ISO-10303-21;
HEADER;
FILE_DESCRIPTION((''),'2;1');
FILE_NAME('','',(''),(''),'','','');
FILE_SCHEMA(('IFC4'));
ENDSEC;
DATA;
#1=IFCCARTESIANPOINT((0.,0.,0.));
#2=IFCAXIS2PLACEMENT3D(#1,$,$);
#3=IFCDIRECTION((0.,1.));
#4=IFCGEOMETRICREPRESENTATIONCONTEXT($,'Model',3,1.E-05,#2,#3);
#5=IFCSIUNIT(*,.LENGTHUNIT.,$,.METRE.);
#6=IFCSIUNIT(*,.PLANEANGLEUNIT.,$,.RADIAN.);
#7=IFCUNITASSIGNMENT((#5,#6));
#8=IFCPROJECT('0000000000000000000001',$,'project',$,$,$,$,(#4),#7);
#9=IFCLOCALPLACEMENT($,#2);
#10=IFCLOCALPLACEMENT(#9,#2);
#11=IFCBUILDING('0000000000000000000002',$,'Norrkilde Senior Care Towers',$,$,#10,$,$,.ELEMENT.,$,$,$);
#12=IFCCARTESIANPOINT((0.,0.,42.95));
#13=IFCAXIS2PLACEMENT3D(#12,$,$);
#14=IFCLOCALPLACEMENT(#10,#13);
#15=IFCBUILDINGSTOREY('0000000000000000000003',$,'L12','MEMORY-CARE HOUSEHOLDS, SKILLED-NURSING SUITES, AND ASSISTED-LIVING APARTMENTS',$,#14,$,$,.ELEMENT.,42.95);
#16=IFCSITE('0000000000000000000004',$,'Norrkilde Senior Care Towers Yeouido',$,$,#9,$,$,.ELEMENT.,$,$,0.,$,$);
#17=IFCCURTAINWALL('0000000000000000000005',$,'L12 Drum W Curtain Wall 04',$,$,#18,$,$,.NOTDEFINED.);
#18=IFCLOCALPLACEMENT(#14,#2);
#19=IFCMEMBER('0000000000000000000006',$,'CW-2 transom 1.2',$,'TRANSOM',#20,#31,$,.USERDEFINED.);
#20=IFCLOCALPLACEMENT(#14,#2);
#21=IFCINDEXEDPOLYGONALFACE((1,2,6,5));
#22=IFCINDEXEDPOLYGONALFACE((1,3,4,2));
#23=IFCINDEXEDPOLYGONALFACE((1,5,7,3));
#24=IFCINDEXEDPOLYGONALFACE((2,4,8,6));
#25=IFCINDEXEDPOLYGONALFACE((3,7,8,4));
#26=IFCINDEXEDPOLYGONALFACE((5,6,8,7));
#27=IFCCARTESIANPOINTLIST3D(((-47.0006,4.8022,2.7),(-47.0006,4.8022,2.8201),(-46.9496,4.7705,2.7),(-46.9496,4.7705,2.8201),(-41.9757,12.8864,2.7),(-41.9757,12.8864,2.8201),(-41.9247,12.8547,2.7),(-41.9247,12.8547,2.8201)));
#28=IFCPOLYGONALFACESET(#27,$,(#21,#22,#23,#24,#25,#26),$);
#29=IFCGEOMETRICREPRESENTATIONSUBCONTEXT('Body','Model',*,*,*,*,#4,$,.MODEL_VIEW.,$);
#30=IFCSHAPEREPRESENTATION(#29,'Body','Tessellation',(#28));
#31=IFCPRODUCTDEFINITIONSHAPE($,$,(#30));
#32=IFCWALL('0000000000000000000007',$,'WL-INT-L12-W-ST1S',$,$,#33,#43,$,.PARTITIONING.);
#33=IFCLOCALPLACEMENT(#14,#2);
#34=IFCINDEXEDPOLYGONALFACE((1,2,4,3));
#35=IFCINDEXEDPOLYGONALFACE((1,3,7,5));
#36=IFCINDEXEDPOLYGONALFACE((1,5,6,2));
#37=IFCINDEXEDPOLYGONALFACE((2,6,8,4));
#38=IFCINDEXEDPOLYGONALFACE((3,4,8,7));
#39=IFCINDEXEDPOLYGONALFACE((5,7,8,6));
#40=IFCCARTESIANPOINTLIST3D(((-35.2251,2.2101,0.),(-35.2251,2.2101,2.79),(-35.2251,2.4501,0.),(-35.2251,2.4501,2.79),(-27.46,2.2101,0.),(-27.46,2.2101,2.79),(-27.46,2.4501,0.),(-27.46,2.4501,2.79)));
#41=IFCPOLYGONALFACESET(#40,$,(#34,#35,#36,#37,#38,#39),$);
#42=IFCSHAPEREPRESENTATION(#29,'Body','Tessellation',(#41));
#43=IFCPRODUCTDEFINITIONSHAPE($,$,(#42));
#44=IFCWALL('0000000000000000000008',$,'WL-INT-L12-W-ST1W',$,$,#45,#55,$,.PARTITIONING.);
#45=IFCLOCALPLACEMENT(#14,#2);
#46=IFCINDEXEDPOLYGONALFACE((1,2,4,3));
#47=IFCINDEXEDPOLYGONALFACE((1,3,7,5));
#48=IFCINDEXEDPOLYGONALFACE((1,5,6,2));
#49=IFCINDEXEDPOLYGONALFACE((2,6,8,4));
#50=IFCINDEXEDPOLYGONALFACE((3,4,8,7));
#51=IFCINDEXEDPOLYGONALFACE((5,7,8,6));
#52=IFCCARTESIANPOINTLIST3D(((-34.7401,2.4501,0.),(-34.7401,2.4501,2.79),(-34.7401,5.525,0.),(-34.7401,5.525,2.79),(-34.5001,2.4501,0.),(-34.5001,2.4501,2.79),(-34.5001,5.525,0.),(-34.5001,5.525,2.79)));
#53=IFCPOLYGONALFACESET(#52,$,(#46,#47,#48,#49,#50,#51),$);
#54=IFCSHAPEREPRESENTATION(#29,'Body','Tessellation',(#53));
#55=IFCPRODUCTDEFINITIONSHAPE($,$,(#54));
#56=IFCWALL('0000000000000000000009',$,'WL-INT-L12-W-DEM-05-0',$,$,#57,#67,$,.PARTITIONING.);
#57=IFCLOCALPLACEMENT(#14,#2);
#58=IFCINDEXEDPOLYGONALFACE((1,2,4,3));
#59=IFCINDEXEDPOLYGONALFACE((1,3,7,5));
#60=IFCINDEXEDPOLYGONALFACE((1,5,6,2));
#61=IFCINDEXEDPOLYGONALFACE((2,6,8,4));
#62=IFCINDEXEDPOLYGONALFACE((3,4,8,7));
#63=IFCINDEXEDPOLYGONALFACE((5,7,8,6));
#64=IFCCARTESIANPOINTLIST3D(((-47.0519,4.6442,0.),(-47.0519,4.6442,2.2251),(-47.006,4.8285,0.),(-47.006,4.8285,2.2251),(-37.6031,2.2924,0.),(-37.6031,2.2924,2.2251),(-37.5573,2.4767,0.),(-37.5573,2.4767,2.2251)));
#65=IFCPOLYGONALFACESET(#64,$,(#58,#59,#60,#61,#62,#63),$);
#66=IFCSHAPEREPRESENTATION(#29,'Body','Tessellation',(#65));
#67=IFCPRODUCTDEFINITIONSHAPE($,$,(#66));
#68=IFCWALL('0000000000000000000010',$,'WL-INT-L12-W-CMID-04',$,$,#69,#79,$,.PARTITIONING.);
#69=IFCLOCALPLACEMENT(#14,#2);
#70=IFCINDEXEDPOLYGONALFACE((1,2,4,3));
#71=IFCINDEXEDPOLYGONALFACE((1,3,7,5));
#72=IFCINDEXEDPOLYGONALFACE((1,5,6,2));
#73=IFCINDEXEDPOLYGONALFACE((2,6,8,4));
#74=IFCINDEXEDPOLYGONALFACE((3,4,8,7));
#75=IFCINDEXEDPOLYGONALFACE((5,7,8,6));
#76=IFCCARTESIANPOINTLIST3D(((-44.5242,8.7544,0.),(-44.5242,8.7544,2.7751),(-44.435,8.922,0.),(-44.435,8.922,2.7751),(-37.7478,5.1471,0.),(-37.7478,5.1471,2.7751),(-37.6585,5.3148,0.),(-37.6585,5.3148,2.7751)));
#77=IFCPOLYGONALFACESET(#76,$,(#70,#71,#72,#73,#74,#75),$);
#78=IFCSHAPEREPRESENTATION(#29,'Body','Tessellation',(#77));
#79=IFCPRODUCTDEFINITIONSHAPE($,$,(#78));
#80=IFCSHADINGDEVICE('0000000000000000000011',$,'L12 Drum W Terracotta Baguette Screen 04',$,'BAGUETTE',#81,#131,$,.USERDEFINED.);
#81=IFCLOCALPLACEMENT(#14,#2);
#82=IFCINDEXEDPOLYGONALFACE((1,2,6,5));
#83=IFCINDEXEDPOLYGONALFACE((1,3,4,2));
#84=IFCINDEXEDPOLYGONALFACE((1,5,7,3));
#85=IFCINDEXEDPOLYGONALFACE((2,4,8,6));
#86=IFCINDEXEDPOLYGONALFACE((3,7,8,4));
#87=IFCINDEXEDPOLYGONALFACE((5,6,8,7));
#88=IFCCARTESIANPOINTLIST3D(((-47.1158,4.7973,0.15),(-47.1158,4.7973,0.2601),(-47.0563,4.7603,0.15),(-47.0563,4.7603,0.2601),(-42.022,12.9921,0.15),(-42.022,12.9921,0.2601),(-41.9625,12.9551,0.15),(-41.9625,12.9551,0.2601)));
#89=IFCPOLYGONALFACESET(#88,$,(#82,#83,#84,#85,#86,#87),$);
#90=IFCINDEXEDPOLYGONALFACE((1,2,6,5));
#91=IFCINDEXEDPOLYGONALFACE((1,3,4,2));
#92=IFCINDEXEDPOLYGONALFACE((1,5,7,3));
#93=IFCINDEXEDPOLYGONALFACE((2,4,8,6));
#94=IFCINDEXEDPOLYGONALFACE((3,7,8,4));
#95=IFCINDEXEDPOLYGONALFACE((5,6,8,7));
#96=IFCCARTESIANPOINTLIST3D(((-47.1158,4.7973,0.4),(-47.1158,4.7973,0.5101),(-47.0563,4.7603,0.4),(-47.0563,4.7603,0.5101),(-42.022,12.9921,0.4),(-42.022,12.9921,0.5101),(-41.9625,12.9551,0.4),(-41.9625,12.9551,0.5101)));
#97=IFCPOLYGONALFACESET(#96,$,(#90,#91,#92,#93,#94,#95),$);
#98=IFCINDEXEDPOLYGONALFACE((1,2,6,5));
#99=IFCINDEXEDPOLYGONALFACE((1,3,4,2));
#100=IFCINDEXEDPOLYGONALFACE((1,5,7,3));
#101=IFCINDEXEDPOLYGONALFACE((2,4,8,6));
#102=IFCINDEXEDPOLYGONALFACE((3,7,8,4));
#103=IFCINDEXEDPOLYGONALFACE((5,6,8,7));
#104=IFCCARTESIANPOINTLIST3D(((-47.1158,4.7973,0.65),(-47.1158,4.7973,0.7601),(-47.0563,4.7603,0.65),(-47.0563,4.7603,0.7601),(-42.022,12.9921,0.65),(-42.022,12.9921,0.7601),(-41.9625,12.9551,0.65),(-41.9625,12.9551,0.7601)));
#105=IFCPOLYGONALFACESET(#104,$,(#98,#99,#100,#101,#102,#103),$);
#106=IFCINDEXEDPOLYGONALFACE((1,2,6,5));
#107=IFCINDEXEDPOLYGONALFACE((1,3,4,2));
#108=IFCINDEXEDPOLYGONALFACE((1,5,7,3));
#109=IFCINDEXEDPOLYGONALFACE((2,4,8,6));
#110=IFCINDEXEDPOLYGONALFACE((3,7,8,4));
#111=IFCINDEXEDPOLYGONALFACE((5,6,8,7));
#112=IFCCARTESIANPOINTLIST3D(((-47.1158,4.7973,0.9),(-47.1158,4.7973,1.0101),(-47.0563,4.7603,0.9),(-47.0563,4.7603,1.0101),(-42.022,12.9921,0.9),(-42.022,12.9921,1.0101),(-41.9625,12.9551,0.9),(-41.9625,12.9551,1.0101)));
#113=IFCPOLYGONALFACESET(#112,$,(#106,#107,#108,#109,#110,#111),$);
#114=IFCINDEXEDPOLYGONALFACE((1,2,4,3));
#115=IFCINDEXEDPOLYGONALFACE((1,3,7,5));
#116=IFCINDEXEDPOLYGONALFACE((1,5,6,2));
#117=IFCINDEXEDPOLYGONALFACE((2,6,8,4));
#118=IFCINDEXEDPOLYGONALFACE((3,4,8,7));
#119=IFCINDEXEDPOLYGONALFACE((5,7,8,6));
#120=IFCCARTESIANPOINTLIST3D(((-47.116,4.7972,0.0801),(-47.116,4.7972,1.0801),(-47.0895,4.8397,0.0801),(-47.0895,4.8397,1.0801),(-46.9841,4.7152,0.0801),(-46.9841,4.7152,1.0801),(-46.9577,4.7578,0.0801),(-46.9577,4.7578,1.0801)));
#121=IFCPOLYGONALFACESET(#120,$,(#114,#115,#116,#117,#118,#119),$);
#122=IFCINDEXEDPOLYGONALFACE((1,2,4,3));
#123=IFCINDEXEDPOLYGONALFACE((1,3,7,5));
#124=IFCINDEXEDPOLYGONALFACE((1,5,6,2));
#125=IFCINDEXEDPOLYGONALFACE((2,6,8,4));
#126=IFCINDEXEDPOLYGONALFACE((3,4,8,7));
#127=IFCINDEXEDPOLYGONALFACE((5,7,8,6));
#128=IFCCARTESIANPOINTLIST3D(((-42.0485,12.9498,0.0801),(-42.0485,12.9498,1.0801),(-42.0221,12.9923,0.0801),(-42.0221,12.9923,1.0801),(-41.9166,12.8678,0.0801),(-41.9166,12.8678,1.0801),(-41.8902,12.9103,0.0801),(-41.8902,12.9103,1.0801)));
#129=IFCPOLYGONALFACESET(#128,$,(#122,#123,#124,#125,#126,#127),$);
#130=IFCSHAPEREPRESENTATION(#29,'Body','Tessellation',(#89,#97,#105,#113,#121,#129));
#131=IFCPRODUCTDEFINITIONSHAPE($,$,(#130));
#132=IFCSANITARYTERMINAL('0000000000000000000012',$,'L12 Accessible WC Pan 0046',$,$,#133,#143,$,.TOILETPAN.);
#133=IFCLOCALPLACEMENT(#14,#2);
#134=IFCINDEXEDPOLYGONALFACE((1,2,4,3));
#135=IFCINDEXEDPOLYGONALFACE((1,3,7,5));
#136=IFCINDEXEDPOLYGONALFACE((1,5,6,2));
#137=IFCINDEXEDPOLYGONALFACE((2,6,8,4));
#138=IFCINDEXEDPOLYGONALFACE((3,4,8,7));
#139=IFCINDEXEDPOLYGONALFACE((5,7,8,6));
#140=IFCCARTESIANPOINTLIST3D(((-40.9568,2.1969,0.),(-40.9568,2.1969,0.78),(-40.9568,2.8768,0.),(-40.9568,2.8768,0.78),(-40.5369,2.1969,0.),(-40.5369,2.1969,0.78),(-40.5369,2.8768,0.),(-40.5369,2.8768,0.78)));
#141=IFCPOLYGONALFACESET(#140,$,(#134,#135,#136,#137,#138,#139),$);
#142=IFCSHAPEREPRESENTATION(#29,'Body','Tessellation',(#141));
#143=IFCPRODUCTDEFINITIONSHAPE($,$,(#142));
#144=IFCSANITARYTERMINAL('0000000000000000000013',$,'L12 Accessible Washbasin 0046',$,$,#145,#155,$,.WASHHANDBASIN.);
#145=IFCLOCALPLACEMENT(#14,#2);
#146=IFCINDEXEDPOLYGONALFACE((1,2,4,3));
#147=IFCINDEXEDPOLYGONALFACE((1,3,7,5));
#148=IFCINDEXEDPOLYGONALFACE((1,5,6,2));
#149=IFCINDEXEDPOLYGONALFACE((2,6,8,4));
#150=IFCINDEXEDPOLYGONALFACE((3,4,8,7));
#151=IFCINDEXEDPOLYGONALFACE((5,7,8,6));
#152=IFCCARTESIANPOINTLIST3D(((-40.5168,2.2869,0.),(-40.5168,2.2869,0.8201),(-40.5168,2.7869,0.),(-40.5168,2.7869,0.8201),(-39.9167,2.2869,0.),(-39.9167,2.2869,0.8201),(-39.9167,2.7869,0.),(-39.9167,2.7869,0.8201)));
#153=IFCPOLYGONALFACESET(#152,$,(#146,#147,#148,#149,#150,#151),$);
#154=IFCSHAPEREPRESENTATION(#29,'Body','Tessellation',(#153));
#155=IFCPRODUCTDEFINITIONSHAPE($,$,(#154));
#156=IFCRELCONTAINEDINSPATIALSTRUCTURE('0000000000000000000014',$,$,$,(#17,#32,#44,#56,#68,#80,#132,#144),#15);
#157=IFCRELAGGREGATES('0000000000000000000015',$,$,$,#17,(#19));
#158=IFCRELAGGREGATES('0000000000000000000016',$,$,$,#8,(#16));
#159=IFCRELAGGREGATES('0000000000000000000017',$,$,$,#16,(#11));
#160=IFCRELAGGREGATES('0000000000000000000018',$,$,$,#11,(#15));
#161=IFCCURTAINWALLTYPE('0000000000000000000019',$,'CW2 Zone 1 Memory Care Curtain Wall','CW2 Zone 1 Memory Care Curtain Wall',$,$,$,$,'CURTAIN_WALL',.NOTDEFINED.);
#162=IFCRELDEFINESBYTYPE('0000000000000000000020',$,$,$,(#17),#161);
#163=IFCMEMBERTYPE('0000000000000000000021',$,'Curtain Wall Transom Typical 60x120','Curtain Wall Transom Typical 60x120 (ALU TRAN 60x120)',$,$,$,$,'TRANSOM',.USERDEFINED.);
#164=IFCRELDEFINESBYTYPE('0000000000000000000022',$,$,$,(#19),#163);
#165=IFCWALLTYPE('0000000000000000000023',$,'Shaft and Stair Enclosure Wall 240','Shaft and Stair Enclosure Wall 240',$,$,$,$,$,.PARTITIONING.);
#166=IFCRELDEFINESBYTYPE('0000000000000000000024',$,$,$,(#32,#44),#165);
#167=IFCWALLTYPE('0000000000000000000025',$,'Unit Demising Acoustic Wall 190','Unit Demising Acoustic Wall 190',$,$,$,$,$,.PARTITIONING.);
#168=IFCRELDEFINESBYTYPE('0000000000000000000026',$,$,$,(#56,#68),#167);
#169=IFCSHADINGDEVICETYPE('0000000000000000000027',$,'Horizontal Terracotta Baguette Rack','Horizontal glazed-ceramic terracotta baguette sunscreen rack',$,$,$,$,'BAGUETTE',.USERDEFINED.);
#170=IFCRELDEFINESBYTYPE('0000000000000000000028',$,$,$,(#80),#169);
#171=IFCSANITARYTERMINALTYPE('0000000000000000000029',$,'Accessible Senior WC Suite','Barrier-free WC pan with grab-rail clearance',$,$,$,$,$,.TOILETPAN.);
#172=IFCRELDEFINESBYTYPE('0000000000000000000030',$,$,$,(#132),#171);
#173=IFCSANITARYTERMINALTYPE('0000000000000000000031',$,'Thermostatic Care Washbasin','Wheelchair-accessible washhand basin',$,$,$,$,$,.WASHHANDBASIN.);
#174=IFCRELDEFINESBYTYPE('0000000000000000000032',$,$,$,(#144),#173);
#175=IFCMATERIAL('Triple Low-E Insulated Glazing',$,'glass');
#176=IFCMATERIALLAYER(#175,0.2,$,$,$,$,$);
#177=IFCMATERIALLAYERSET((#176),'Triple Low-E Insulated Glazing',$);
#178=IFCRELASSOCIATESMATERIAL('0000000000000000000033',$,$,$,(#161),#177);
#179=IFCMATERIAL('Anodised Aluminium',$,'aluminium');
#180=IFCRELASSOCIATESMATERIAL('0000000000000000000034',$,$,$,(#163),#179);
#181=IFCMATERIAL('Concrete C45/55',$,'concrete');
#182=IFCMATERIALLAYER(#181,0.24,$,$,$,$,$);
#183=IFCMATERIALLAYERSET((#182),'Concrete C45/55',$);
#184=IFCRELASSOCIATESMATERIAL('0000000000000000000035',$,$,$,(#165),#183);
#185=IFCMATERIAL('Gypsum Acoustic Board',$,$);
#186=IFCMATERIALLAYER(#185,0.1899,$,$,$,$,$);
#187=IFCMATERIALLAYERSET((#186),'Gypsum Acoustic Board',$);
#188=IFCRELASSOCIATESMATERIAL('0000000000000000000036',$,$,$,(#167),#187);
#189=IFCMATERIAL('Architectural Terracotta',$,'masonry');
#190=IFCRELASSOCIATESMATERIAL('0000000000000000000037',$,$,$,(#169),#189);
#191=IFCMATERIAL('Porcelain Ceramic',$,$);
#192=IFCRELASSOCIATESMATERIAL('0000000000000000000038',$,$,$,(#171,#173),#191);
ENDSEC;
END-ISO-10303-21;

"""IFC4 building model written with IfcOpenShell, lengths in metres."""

from ifc_helpers import new_model, si_unit, direction, frame, frame_2d, origin, origin_2d, place, context, subcontext, project, spatial, rectangle, extrude, source, transform, mapped, material, layer, layer_set, material_profile, profile_set, type_object, type_shapes, element, aggregate, save


model = new_model("IFC4")

# Units and contexts
model_context = context("Model", 3, precision=1e-05, world=origin(), true_north=direction((0.0, 1.0)))
body_context = subcontext(model_context, "Body", "Model", "MODEL_VIEW")
ifc_project = project(units=[si_unit("LENGTHUNIT", "METRE"), si_unit("PLANEANGLEUNIT", "RADIAN")], contexts=[model_context])

# Site, building, storey
site_placement = place(None, origin())
site = spatial("IfcSite", under=ifc_project, at=site_placement, Name="Norrkilde Senior Care Towers Yeouido", CompositionType="ELEMENT", RefElevation=0.0)
building_placement = place(site_placement, origin())
building = spatial("IfcBuilding", under=site, at=building_placement, Name="Norrkilde Senior Care Towers", CompositionType="ELEMENT")
storey_placement = place(building_placement, frame((0.0, 0.0, 42.95)))
storey = spatial("IfcBuildingStorey", under=building, at=storey_placement, Name="L12", Description="MEMORY-CARE HOUSEHOLDS, SKILLED-NURSING SUITES, AND ASSISTED-LIVING APARTMENTS", CompositionType="ELEMENT", Elevation=42.95)

# Curtain wall
ifc_material_1 = material(Name="Triple Low-E Insulated Glazing", Category="glass")
ifc_layer_1 = layer(ifc_material_1, 0.2)
ifc_layer_set_1 = layer_set([ifc_layer_1], Name="Triple Low-E Insulated Glazing")
curtain_wall_type = type_object("IfcCurtainWallType", Name="CW2 Zone 1 Memory Care Curtain Wall", Description="CW2 Zone 1 Memory Care Curtain Wall", ElementType="CURTAIN_WALL", PredefinedType="NOTDEFINED", material=ifc_layer_set_1)
curtain_wall_1_placement = place(storey_placement, origin())
curtain_wall_1 = element("IfcCurtainWall", 1, at=curtain_wall_1_placement, inside=storey, type_object=curtain_wall_type, Name="L12 Drum W Curtain Wall 04", PredefinedType="NOTDEFINED")
ifc_material_2 = material(Name="Anodised Aluminium", Category="aluminium")

# Member
ifc_material_profile_1 = material_profile(ifc_material_2, rectangle(XDim=0.0601, YDim=0.1201, at=origin_2d()), Name="ALU TRAN 60x120")
ifc_profile_set_1 = profile_set([ifc_material_profile_1], Name="Anodised Aluminium")
member_type_1 = type_object("IfcMemberType", Name="Curtain Wall Transom Typical 60x120", Description="Curtain Wall Transom Typical 60x120 (ALU TRAN 60x120)", ElementType="TRANSOM", PredefinedType="USERDEFINED", material=ifc_profile_set_1)
shared_shape_1 = source(origin(), body_context, "Body", "SweptSolid", [
    extrude(rectangle(XDim=0.0601, YDim=0.1201, at=origin_2d()), origin(), (0.0, 0.0, 1.0), 9.5186),
])
type_shapes(member_type_1, [shared_shape_1])
member_1_placement = place(storey_placement, frame((-46.9751, 4.7864, 2.76), z_axis=(0.527902, 0.849306, 0.0), x_axis=(-0.849306, 0.527902, 0.0)))
member_1 = element("IfcMember", 2, at=member_1_placement, type_object=member_type_1, Name="CW-2 transom 1.2", ObjectType="TRANSOM", PredefinedType="USERDEFINED", context=body_context, shape_type="MappedRepresentation", body=[
    mapped(shared_shape_1, transform((0.0, 0.0, 0.0), x_axis=(1.0, 0.0, 0.0), y_axis=(0.0, 1.0, 0.0), z_axis=(0.0, 0.0, 1.0), scale=1.0)),
])
aggregate(curtain_wall_1, [member_1])

# Walls
ifc_material_3 = material(Name="Concrete C45/55", Category="concrete")
ifc_layer_2 = layer(ifc_material_3, 0.24)
ifc_layer_set_2 = layer_set([ifc_layer_2], Name="Concrete C45/55")
wall_type_1 = type_object("IfcWallType", Name="Shaft and Stair Enclosure Wall 240", Description="Shaft and Stair Enclosure Wall 240", PredefinedType="PARTITIONING", material=ifc_layer_set_2)
shared_shape_2 = source(origin(), body_context, "Body", "SweptSolid", [
    extrude(rectangle(XDim=7.7651, YDim=0.24, at=frame_2d((3.8826, 0.0))), origin(), (0.0, 0.0, 1.0), 2.79),
])
wall_1_placement = place(storey_placement, frame((-35.2251, 2.3301, 0.0), z_axis=(0.0, 0.0, 1.0), x_axis=(1.0, 0.0, 0.0)))
element("IfcWall", 3, at=wall_1_placement, inside=storey, type_object=wall_type_1, Name="WL-INT-L12-W-ST1S", PredefinedType="PARTITIONING", context=body_context, shape_type="MappedRepresentation", body=[
    mapped(shared_shape_2, transform((0.0, 0.0, 0.0), x_axis=(1.0, 0.0, 0.0), y_axis=(0.0, 1.0, 0.0), z_axis=(0.0, 0.0, 1.0), scale=1.0)),
])
shared_shape_3 = source(origin(), body_context, "Body", "SweptSolid", [
    extrude(rectangle(XDim=3.075, YDim=0.24, at=frame_2d((1.5376, 0.0))), origin(), (0.0, 0.0, 1.0), 2.79),
])
type_shapes(wall_type_1, [shared_shape_2, shared_shape_3])
wall_2_placement = place(storey_placement, frame((-34.6201, 2.45, 0.0), z_axis=(0.0, 0.0, 1.0), x_axis=(0.0, 1.0, 0.0)))
element("IfcWall", 4, at=wall_2_placement, inside=storey, type_object=wall_type_1, Name="WL-INT-L12-W-ST1W", PredefinedType="PARTITIONING", context=body_context, shape_type="MappedRepresentation", body=[
    mapped(shared_shape_3, transform((0.0, 0.0, 0.0), x_axis=(1.0, 0.0, 0.0), y_axis=(0.0, 1.0, 0.0), z_axis=(0.0, 0.0, 1.0), scale=1.0)),
])
ifc_material_4 = material(Name="Gypsum Acoustic Board")
ifc_layer_3 = layer(ifc_material_4, 0.1899)
ifc_layer_set_3 = layer_set([ifc_layer_3], Name="Gypsum Acoustic Board")
wall_type_2 = type_object("IfcWallType", Name="Unit Demising Acoustic Wall 190", Description="Unit Demising Acoustic Wall 190", PredefinedType="PARTITIONING", material=ifc_layer_set_3)
shared_shape_4 = source(origin(), body_context, "Body", "SweptSolid", [
    extrude(rectangle(XDim=9.7371, YDim=0.1899, at=frame_2d((4.8687, 0.0))), origin(), (0.0, 0.0, 1.0), 2.2251),
])
wall_3_placement = place(storey_placement, frame((-37.5801, 2.3845, 0.0), z_axis=(0.0, 0.0, 1.0), x_axis=(-0.970393, 0.241533, 0.0)))
element("IfcWall", 5, at=wall_3_placement, inside=storey, type_object=wall_type_2, Name="WL-INT-L12-W-DEM-05-0", PredefinedType="PARTITIONING", context=body_context, shape_type="MappedRepresentation", body=[
    mapped(shared_shape_4, transform((0.0, 0.0, 0.0), x_axis=(1.0, 0.0, 0.0), y_axis=(0.0, 1.0, 0.0), z_axis=(0.0, 0.0, 1.0), scale=1.0)),
])
shared_shape_5 = source(origin(), body_context, "Body", "SweptSolid", [
    extrude(rectangle(XDim=7.6768, YDim=0.1899, at=frame_2d((3.8384, 0.0))), origin(), (0.0, 0.0, 1.0), 2.7751),
])
type_shapes(wall_type_2, [shared_shape_4, shared_shape_5])
wall_4_placement = place(storey_placement, frame((-37.7031, 5.231, 0.0), z_axis=(0.0, 0.0, 1.0), x_axis=(-0.882725, 0.46989, 0.0)))
element("IfcWall", 6, at=wall_4_placement, inside=storey, type_object=wall_type_2, Name="WL-INT-L12-W-CMID-04", PredefinedType="PARTITIONING", context=body_context, shape_type="MappedRepresentation", body=[
    mapped(shared_shape_5, transform((0.0, 0.0, 0.0), x_axis=(1.0, 0.0, 0.0), y_axis=(0.0, 1.0, 0.0), z_axis=(0.0, 0.0, 1.0), scale=1.0)),
])

# Shading device
ifc_material_5 = material(Name="Architectural Terracotta", Category="masonry")
shading_device_type = type_object("IfcShadingDeviceType", Name="Horizontal Terracotta Baguette Rack", Description="Horizontal glazed-ceramic terracotta baguette sunscreen rack", ElementType="BAGUETTE", PredefinedType="USERDEFINED", material=ifc_material_5)
shared_shape_6 = source(origin(), body_context, "Body", "SweptSolid", [
    extrude(rectangle(XDim=0.0701, YDim=0.1101, at=origin_2d()), frame((0.0, 0.0901, 0.125), z_axis=(1.0, 0.0, 0.0), x_axis=(0.0, 1.0, 0.0)), (0.0, 0.0, 1.0), 9.6489),
    extrude(rectangle(XDim=0.0701, YDim=0.1101, at=origin_2d()), frame((0.0, 0.0901, 0.375), z_axis=(1.0, 0.0, 0.0), x_axis=(0.0, 1.0, 0.0)), (0.0, 0.0, 1.0), 9.6489),
    extrude(rectangle(XDim=0.0701, YDim=0.1101, at=origin_2d()), frame((0.0, 0.0901, 0.625), z_axis=(1.0, 0.0, 0.0), x_axis=(0.0, 1.0, 0.0)), (0.0, 0.0, 1.0), 9.6489),
    extrude(rectangle(XDim=0.0701, YDim=0.1101, at=origin_2d()), frame((0.0, 0.0901, 0.875), z_axis=(1.0, 0.0, 0.0), x_axis=(0.0, 1.0, 0.0)), (0.0, 0.0, 1.0), 9.6489),
    extrude(rectangle(XDim=0.05, YDim=0.1553, at=origin_2d()), frame((0.0249, 0.0476, 0.0)), (0.0, 0.0, 1.0), 1.0),
    extrude(rectangle(XDim=0.05, YDim=0.1553, at=origin_2d()), frame((9.624, 0.0476, 0.0)), (0.0, 0.0, 1.0), 1.0),
])
type_shapes(shading_device_type, [shared_shape_6])
shading_device_placement = place(storey_placement, frame((-47.0095, 4.7312, 0.0801), z_axis=(0.0, 0.0, 1.0), x_axis=(0.527909, 0.849299, 0.0)))
element("IfcShadingDevice", 7, at=shading_device_placement, inside=storey, type_object=shading_device_type, Name="L12 Drum W Terracotta Baguette Screen 04", ObjectType="BAGUETTE", PredefinedType="USERDEFINED", context=body_context, shape_type="MappedRepresentation", body=[
    mapped(shared_shape_6, transform((0.0, 0.0, 0.0), x_axis=(1.0, 0.0, 0.0), y_axis=(0.0, 1.0, 0.0), z_axis=(0.0, 0.0, 1.0), scale=1.0)),
])

# Sanitary terminals
ifc_material_6 = material(Name="Porcelain Ceramic")
sanitary_terminal_type_1 = type_object("IfcSanitaryTerminalType", Name="Accessible Senior WC Suite", Description="Barrier-free WC pan with grab-rail clearance", PredefinedType="TOILETPAN", material=ifc_material_6)
shared_shape_7 = source(origin(), body_context, "Body", "SweptSolid", [
    extrude(rectangle(XDim=0.4199, YDim=0.6799, at=origin_2d()), origin(), (0.0, 0.0, 1.0), 0.78),
])
type_shapes(sanitary_terminal_type_1, [shared_shape_7])
sanitary_terminal_1_placement = place(storey_placement, frame((-40.7468, 2.5369, 0.0), z_axis=(0.0, 0.0, 1.0), x_axis=(1.0, 0.0, 0.0)))
element("IfcSanitaryTerminal", 8, at=sanitary_terminal_1_placement, inside=storey, type_object=sanitary_terminal_type_1, Name="L12 Accessible WC Pan 0046", PredefinedType="TOILETPAN", context=body_context, shape_type="MappedRepresentation", body=[
    mapped(shared_shape_7, transform((0.0, 0.0, 0.0), x_axis=(1.0, 0.0, 0.0), y_axis=(0.0, 1.0, 0.0), z_axis=(0.0, 0.0, 1.0), scale=1.0)),
])
sanitary_terminal_type_2 = type_object("IfcSanitaryTerminalType", Name="Thermostatic Care Washbasin", Description="Wheelchair-accessible washhand basin", PredefinedType="WASHHANDBASIN", material=ifc_material_6)
shared_shape_8 = source(origin(), body_context, "Body", "SweptSolid", [
    extrude(rectangle(XDim=0.6001, YDim=0.5, at=origin_2d()), origin(), (0.0, 0.0, 1.0), 0.8201),
])
type_shapes(sanitary_terminal_type_2, [shared_shape_8])
sanitary_terminal_2_placement = place(storey_placement, frame((-40.2168, 2.5369, 0.0), z_axis=(0.0, 0.0, 1.0), x_axis=(1.0, 0.0, 0.0)))
element("IfcSanitaryTerminal", 9, at=sanitary_terminal_2_placement, inside=storey, type_object=sanitary_terminal_type_2, Name="L12 Accessible Washbasin 0046", PredefinedType="WASHHANDBASIN", context=body_context, shape_type="MappedRepresentation", body=[
    mapped(shared_shape_8, transform((0.0, 0.0, 0.0), x_axis=(1.0, 0.0, 0.0), y_axis=(0.0, 1.0, 0.0), z_axis=(0.0, 0.0, 1.0), scale=1.0)),
])

save(model, "model.ifc")
